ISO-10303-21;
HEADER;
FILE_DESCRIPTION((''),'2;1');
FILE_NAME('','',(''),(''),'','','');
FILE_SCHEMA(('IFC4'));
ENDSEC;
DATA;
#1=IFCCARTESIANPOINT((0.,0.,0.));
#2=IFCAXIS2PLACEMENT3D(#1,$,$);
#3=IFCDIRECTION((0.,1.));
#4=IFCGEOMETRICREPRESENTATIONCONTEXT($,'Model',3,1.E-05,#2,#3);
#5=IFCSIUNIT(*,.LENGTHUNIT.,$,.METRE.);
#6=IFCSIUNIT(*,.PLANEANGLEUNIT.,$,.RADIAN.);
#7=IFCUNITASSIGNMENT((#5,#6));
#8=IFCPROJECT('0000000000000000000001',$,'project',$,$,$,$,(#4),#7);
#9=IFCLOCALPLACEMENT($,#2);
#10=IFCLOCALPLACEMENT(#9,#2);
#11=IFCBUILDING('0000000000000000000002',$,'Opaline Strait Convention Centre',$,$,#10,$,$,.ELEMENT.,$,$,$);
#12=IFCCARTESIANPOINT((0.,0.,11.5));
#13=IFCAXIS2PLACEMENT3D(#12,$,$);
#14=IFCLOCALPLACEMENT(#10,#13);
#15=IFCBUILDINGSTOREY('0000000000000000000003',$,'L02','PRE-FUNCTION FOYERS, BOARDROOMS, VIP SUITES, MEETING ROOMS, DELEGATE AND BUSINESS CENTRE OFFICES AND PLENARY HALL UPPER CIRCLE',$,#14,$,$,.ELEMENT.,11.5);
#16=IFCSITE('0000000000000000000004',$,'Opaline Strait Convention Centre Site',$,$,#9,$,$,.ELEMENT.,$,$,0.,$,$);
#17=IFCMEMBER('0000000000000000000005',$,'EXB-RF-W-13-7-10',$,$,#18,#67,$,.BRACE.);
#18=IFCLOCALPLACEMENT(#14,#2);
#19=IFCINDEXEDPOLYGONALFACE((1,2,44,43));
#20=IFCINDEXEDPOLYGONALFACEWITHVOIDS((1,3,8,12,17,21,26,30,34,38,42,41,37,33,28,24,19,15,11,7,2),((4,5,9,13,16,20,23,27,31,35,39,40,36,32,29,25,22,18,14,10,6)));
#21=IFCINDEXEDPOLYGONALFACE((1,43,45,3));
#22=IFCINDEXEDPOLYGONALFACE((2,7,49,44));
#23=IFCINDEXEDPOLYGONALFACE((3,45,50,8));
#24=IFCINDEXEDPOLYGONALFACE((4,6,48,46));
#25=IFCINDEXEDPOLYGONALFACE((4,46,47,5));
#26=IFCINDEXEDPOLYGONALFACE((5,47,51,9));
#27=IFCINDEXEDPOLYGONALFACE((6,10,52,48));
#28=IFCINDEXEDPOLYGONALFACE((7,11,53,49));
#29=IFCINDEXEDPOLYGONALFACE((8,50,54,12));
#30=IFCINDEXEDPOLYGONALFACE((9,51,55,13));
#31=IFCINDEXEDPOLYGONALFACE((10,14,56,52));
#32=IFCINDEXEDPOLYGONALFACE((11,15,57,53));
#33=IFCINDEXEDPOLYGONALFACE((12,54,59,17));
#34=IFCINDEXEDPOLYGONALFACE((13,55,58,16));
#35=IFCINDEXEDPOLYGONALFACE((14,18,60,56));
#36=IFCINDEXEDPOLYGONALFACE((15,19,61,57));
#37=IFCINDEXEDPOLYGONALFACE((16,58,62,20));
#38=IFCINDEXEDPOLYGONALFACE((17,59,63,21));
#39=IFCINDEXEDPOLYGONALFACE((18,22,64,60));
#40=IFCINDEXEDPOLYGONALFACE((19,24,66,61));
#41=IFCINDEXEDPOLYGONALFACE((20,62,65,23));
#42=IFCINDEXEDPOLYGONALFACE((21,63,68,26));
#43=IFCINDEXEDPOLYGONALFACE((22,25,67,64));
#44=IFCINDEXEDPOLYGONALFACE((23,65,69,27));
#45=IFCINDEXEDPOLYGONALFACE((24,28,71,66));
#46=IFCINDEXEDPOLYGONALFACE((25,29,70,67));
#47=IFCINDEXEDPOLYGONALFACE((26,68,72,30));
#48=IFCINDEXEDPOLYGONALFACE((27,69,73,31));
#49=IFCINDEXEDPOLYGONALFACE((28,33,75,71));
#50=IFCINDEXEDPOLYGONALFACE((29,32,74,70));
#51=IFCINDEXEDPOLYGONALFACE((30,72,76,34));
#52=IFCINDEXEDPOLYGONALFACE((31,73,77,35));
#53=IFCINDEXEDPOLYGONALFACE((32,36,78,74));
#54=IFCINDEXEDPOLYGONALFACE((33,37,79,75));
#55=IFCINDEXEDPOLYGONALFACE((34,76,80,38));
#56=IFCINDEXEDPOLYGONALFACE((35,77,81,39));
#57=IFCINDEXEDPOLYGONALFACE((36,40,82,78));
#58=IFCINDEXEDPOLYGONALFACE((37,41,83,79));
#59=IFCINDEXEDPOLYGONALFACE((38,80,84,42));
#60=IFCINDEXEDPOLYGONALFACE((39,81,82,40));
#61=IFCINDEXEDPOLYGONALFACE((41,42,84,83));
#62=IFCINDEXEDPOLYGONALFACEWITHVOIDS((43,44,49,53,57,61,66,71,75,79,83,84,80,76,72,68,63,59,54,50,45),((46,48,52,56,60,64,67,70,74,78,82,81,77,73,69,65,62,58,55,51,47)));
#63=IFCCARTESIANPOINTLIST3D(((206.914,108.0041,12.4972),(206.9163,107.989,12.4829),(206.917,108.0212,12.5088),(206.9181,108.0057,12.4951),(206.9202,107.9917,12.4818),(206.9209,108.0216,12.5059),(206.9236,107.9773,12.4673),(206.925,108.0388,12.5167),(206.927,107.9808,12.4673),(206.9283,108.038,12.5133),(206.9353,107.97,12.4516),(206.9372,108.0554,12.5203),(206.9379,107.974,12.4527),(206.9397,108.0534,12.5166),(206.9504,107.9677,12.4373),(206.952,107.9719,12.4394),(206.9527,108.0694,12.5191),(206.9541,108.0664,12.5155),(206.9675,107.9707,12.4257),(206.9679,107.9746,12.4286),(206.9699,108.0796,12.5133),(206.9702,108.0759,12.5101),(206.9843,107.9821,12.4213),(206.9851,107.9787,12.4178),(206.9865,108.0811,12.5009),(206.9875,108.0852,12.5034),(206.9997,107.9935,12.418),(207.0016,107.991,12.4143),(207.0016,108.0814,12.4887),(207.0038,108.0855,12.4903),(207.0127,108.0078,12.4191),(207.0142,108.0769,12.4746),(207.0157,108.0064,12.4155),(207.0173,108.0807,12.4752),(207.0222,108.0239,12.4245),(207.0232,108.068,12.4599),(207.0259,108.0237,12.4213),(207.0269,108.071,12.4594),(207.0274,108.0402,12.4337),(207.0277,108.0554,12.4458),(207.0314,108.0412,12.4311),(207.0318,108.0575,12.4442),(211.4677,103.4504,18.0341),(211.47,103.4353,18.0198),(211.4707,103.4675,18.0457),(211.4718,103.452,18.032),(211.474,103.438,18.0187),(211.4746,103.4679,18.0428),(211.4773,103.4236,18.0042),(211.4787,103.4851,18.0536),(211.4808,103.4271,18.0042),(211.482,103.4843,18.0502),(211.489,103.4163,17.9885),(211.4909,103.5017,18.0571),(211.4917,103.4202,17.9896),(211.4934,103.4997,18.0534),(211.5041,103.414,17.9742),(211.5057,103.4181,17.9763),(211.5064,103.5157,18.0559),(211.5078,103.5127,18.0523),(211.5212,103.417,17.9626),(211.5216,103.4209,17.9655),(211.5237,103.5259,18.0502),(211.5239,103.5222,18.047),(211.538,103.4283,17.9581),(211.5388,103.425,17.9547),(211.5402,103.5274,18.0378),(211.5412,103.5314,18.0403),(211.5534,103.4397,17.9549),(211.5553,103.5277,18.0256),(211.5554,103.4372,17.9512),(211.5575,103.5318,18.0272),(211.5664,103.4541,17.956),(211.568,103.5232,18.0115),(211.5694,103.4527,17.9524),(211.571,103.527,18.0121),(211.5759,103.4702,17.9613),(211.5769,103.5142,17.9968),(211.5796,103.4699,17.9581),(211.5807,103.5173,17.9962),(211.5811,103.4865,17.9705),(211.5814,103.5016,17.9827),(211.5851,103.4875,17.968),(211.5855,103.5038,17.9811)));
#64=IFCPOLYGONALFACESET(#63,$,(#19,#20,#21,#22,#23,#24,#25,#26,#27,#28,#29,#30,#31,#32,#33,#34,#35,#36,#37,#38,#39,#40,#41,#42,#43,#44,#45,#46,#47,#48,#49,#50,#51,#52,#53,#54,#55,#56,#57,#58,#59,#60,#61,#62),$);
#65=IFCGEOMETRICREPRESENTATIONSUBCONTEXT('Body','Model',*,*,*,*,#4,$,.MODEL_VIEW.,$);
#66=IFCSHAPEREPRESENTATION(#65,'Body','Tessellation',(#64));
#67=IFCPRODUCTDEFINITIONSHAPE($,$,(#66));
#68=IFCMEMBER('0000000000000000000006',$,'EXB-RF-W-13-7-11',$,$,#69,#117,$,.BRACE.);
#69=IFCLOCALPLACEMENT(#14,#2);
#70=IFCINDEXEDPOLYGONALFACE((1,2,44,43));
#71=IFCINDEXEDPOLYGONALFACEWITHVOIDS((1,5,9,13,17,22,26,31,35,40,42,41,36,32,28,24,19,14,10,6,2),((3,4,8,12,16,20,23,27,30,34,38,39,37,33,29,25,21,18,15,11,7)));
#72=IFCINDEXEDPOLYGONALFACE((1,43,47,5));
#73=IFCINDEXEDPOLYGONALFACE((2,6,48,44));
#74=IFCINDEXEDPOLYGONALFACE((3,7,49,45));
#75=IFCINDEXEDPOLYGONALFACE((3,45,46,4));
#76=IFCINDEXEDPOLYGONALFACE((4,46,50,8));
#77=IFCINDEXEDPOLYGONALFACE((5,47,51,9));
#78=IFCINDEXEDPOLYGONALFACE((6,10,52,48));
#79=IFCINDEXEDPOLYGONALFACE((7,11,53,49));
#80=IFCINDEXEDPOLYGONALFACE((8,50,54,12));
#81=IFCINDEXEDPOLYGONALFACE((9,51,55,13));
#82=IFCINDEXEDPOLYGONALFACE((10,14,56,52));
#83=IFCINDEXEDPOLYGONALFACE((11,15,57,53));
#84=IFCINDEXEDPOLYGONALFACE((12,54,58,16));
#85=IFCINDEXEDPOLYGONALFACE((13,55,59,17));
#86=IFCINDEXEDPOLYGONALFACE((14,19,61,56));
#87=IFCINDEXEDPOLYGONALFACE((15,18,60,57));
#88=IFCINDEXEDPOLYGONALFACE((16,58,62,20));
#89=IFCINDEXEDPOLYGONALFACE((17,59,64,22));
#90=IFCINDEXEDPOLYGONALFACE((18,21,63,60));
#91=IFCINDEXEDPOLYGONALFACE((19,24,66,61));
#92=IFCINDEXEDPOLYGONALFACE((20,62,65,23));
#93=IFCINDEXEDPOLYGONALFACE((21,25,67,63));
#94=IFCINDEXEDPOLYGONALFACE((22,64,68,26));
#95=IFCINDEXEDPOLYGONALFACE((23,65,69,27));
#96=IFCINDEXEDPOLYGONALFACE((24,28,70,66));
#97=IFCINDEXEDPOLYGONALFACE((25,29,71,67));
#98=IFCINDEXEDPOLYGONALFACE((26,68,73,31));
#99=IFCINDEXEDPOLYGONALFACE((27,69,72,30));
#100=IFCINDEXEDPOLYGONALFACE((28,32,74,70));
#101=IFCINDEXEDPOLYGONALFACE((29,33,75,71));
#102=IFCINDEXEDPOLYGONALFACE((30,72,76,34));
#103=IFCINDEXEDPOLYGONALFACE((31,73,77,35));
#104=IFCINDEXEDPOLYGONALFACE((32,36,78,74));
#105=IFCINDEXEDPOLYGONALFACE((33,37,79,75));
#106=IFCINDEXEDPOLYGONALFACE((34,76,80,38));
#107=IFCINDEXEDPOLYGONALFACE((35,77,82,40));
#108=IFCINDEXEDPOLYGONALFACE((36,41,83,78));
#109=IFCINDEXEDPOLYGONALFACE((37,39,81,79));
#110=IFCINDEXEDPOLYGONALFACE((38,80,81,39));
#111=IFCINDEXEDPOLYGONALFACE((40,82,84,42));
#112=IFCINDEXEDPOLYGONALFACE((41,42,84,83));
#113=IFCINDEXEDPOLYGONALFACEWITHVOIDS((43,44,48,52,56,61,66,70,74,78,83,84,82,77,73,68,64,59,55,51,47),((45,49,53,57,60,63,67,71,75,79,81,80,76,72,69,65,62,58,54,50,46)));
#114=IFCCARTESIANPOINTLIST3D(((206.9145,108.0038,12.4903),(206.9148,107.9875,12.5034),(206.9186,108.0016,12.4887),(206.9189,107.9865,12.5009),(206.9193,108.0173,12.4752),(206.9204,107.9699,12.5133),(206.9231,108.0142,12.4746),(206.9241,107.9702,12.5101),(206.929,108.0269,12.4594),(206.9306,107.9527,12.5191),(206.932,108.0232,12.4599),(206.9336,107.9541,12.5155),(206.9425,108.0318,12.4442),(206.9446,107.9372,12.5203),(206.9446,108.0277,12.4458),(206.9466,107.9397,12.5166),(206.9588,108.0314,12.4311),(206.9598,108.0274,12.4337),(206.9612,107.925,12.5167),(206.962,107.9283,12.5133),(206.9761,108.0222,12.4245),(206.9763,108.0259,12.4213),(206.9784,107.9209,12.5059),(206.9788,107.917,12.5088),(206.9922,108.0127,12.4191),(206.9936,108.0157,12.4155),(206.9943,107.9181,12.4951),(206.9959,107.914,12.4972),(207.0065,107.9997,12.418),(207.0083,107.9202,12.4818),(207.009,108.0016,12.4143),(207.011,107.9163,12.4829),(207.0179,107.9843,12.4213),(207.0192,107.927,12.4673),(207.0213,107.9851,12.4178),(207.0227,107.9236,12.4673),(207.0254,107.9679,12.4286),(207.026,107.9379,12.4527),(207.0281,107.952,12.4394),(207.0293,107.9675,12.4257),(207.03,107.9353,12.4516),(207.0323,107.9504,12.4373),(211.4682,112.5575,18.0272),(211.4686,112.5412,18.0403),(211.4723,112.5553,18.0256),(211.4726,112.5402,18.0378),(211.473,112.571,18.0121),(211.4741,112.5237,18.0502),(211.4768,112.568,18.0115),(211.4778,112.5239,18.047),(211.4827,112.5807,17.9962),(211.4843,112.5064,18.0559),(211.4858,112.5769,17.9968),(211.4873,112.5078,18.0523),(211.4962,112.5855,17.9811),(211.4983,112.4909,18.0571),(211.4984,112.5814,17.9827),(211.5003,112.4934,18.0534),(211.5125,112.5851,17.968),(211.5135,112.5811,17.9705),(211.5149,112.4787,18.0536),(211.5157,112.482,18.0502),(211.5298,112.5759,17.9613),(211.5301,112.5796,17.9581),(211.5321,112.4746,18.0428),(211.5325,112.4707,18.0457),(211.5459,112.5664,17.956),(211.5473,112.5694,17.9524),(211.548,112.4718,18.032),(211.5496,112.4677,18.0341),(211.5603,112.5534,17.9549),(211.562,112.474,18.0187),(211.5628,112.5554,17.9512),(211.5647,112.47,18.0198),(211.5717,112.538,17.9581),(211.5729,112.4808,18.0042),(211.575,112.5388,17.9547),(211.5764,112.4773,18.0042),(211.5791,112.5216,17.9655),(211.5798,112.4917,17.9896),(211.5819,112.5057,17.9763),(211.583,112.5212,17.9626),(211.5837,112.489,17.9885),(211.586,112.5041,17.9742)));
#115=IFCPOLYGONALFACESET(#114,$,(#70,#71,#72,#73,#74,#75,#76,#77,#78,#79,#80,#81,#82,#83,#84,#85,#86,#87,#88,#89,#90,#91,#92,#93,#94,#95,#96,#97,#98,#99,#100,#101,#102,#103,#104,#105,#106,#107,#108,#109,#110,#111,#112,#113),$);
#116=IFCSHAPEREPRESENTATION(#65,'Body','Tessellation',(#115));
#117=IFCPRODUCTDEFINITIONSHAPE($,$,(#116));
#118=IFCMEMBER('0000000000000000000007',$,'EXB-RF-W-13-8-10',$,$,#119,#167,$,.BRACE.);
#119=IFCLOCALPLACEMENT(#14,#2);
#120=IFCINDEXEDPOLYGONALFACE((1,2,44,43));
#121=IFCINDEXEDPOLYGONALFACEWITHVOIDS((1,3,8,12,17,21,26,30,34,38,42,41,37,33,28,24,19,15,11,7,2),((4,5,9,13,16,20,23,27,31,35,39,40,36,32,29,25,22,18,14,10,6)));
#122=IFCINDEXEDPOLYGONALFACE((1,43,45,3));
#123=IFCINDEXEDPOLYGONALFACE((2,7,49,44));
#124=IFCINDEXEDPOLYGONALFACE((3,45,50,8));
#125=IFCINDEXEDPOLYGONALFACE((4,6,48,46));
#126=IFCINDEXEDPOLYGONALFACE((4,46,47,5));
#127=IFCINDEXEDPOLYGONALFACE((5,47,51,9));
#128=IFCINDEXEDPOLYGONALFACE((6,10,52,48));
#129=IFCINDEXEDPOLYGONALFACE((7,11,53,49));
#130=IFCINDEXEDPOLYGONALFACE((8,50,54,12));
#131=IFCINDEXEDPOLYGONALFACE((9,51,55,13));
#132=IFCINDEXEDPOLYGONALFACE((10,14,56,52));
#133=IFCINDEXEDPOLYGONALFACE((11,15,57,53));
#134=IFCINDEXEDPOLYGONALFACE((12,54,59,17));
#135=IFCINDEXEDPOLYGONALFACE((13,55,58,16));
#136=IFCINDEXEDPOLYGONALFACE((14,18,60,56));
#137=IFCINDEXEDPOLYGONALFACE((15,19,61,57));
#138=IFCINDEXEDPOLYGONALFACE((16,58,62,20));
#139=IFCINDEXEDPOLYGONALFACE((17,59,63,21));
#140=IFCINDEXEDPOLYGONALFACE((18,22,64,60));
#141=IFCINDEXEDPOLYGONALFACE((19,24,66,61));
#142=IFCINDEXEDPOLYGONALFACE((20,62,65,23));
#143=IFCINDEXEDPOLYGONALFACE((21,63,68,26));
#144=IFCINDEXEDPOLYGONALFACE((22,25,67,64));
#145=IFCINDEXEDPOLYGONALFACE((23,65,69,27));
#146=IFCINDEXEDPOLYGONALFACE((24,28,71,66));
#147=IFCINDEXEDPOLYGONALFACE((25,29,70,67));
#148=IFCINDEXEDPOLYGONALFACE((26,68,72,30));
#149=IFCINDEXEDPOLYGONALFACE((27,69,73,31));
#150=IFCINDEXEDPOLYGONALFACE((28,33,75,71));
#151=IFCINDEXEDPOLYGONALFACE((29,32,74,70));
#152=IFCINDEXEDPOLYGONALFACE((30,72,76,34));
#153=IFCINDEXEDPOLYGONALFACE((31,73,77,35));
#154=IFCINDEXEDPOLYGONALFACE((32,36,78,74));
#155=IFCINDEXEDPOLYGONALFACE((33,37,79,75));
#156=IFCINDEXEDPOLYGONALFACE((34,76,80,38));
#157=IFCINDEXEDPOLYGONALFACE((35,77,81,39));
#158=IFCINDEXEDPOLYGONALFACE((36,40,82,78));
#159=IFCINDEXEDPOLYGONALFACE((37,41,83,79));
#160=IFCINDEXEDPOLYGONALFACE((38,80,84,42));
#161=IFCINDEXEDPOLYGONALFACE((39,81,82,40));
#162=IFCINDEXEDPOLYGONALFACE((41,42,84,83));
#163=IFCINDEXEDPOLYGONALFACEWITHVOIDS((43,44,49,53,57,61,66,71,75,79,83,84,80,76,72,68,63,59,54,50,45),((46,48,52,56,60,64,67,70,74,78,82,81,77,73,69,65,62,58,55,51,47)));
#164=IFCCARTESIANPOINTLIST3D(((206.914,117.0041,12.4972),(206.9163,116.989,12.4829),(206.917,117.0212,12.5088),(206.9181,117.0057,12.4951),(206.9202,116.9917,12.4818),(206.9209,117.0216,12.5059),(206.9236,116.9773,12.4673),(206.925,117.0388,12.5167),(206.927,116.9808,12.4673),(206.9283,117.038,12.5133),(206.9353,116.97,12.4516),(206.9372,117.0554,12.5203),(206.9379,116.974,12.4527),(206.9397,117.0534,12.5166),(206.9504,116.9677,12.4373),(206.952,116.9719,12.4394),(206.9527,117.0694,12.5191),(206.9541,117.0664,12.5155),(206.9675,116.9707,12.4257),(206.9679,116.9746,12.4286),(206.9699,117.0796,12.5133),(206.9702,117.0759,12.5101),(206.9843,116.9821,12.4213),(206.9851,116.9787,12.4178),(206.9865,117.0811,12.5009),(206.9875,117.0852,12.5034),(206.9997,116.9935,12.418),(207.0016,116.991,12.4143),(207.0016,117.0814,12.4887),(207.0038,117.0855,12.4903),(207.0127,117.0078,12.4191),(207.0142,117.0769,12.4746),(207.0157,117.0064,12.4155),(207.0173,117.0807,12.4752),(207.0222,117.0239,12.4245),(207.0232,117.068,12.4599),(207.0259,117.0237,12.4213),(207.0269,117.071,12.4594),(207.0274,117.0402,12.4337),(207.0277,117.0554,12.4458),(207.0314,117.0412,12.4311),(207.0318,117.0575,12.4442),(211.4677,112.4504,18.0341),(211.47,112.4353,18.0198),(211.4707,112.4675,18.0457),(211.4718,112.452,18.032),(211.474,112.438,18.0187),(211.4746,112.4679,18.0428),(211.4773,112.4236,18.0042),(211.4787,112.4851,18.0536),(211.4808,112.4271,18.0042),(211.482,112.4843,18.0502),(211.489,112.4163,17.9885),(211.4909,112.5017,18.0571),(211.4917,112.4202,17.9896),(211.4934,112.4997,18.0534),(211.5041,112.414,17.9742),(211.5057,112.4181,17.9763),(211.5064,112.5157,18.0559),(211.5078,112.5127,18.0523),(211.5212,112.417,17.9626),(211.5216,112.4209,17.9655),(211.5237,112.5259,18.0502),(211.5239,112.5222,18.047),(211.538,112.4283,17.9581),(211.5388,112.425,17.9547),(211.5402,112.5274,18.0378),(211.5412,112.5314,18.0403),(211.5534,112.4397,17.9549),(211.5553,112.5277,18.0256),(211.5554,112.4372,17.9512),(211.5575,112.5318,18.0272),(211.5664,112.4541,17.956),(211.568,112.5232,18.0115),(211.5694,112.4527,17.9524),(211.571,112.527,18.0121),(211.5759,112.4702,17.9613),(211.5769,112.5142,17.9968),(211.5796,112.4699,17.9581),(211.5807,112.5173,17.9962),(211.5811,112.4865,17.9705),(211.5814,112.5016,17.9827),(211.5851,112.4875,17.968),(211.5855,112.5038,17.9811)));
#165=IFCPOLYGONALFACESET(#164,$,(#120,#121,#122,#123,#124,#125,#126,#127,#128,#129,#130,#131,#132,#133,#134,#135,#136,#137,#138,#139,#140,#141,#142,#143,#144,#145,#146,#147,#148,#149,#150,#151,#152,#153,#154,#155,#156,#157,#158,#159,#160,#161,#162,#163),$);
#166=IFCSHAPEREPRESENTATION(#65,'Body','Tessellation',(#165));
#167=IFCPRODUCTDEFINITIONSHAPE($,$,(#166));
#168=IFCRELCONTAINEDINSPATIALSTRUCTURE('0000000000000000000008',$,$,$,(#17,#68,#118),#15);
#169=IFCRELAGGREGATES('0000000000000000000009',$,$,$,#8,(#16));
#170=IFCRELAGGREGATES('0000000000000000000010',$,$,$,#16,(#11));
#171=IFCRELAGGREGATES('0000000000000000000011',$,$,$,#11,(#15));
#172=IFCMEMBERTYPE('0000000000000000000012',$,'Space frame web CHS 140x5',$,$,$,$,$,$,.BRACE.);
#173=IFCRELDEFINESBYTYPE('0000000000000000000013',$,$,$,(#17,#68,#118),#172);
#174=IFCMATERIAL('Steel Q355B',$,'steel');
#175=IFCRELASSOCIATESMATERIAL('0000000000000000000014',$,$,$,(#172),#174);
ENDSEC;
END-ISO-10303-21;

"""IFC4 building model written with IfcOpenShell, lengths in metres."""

from ifc_helpers import new_model, si_unit, direction, frame, origin, origin_2d, place, context, subcontext, project, spatial, hollow_circle, extrude, material, material_profile, profile_set, type_object, element, save


model = new_model("IFC4")

# Units and contexts
model_context = context("Model", 3, precision=1e-05, world=origin(), true_north=direction((0.0, 1.0)))
body_context = subcontext(model_context, "Body", "Model", "MODEL_VIEW")
ifc_project = project(units=[si_unit("LENGTHUNIT", "METRE"), si_unit("PLANEANGLEUNIT", "RADIAN")], contexts=[model_context])

# Site, building, storey
site_placement = place(None, origin())
site = spatial("IfcSite", under=ifc_project, at=site_placement, Name="Opaline Strait Convention Centre Site", CompositionType="ELEMENT", RefElevation=0.0)
building_placement = place(site_placement, origin())
building = spatial("IfcBuilding", under=site, at=building_placement, Name="Opaline Strait Convention Centre", CompositionType="ELEMENT")
storey_placement = place(building_placement, frame((0.0, 0.0, 11.5)))
storey = spatial("IfcBuildingStorey", under=building, at=storey_placement, Name="L02", Description="PRE-FUNCTION FOYERS, BOARDROOMS, VIP SUITES, MEETING ROOMS, DELEGATE AND BUSINESS CENTRE OFFICES AND PLENARY HALL UPPER CIRCLE", CompositionType="ELEMENT", Elevation=11.5)

# Members
ifc_material = material(Name="Steel Q355B", Category="steel")
ifc_material_profile_1 = material_profile(ifc_material, hollow_circle(Radius=0.0701, WallThickness=0.0049, at=origin_2d()), Name="CHS 140x5")
ifc_profile_set_1 = profile_set([ifc_material_profile_1], Name="Steel Q355B")
member_type_1 = type_object("IfcMemberType", Name="Space frame web CHS 140x5", PredefinedType="BRACE", material=ifc_profile_set_1)
for number, where, z_axis, x_axis, name in (
    (1, (211.5269, 103.4731, 18.0042), (-0.536178, 0.536178, -0.65194), (-0.707107, -0.707107, 0.0), "EXB-RF-W-13-7-10"),
    (2, (211.5269, 112.5269, 18.0042), (-0.536178, -0.536178, -0.65194), (0.707107, -0.707107, 0.0), "EXB-RF-W-13-7-11"),
    (3, (211.5269, 112.4731, 18.0042), (-0.536178, 0.536178, -0.65194), (-0.707107, -0.707107, 0.0), "EXB-RF-W-13-8-10"),
):
    element("IfcMember", number, at=place(storey_placement, frame(where, z_axis=z_axis, x_axis=x_axis)), inside=storey, type_object=member_type_1, Name=name, PredefinedType="BRACE", context=body_context, shape_type="SweptSolid", body=[
        extrude(hollow_circle(Radius=0.0701, WallThickness=0.0049, at=origin_2d()), origin(), (0.0, 0.0, 1.0), 8.4929),
    ])

save(model, "model.ifc")
